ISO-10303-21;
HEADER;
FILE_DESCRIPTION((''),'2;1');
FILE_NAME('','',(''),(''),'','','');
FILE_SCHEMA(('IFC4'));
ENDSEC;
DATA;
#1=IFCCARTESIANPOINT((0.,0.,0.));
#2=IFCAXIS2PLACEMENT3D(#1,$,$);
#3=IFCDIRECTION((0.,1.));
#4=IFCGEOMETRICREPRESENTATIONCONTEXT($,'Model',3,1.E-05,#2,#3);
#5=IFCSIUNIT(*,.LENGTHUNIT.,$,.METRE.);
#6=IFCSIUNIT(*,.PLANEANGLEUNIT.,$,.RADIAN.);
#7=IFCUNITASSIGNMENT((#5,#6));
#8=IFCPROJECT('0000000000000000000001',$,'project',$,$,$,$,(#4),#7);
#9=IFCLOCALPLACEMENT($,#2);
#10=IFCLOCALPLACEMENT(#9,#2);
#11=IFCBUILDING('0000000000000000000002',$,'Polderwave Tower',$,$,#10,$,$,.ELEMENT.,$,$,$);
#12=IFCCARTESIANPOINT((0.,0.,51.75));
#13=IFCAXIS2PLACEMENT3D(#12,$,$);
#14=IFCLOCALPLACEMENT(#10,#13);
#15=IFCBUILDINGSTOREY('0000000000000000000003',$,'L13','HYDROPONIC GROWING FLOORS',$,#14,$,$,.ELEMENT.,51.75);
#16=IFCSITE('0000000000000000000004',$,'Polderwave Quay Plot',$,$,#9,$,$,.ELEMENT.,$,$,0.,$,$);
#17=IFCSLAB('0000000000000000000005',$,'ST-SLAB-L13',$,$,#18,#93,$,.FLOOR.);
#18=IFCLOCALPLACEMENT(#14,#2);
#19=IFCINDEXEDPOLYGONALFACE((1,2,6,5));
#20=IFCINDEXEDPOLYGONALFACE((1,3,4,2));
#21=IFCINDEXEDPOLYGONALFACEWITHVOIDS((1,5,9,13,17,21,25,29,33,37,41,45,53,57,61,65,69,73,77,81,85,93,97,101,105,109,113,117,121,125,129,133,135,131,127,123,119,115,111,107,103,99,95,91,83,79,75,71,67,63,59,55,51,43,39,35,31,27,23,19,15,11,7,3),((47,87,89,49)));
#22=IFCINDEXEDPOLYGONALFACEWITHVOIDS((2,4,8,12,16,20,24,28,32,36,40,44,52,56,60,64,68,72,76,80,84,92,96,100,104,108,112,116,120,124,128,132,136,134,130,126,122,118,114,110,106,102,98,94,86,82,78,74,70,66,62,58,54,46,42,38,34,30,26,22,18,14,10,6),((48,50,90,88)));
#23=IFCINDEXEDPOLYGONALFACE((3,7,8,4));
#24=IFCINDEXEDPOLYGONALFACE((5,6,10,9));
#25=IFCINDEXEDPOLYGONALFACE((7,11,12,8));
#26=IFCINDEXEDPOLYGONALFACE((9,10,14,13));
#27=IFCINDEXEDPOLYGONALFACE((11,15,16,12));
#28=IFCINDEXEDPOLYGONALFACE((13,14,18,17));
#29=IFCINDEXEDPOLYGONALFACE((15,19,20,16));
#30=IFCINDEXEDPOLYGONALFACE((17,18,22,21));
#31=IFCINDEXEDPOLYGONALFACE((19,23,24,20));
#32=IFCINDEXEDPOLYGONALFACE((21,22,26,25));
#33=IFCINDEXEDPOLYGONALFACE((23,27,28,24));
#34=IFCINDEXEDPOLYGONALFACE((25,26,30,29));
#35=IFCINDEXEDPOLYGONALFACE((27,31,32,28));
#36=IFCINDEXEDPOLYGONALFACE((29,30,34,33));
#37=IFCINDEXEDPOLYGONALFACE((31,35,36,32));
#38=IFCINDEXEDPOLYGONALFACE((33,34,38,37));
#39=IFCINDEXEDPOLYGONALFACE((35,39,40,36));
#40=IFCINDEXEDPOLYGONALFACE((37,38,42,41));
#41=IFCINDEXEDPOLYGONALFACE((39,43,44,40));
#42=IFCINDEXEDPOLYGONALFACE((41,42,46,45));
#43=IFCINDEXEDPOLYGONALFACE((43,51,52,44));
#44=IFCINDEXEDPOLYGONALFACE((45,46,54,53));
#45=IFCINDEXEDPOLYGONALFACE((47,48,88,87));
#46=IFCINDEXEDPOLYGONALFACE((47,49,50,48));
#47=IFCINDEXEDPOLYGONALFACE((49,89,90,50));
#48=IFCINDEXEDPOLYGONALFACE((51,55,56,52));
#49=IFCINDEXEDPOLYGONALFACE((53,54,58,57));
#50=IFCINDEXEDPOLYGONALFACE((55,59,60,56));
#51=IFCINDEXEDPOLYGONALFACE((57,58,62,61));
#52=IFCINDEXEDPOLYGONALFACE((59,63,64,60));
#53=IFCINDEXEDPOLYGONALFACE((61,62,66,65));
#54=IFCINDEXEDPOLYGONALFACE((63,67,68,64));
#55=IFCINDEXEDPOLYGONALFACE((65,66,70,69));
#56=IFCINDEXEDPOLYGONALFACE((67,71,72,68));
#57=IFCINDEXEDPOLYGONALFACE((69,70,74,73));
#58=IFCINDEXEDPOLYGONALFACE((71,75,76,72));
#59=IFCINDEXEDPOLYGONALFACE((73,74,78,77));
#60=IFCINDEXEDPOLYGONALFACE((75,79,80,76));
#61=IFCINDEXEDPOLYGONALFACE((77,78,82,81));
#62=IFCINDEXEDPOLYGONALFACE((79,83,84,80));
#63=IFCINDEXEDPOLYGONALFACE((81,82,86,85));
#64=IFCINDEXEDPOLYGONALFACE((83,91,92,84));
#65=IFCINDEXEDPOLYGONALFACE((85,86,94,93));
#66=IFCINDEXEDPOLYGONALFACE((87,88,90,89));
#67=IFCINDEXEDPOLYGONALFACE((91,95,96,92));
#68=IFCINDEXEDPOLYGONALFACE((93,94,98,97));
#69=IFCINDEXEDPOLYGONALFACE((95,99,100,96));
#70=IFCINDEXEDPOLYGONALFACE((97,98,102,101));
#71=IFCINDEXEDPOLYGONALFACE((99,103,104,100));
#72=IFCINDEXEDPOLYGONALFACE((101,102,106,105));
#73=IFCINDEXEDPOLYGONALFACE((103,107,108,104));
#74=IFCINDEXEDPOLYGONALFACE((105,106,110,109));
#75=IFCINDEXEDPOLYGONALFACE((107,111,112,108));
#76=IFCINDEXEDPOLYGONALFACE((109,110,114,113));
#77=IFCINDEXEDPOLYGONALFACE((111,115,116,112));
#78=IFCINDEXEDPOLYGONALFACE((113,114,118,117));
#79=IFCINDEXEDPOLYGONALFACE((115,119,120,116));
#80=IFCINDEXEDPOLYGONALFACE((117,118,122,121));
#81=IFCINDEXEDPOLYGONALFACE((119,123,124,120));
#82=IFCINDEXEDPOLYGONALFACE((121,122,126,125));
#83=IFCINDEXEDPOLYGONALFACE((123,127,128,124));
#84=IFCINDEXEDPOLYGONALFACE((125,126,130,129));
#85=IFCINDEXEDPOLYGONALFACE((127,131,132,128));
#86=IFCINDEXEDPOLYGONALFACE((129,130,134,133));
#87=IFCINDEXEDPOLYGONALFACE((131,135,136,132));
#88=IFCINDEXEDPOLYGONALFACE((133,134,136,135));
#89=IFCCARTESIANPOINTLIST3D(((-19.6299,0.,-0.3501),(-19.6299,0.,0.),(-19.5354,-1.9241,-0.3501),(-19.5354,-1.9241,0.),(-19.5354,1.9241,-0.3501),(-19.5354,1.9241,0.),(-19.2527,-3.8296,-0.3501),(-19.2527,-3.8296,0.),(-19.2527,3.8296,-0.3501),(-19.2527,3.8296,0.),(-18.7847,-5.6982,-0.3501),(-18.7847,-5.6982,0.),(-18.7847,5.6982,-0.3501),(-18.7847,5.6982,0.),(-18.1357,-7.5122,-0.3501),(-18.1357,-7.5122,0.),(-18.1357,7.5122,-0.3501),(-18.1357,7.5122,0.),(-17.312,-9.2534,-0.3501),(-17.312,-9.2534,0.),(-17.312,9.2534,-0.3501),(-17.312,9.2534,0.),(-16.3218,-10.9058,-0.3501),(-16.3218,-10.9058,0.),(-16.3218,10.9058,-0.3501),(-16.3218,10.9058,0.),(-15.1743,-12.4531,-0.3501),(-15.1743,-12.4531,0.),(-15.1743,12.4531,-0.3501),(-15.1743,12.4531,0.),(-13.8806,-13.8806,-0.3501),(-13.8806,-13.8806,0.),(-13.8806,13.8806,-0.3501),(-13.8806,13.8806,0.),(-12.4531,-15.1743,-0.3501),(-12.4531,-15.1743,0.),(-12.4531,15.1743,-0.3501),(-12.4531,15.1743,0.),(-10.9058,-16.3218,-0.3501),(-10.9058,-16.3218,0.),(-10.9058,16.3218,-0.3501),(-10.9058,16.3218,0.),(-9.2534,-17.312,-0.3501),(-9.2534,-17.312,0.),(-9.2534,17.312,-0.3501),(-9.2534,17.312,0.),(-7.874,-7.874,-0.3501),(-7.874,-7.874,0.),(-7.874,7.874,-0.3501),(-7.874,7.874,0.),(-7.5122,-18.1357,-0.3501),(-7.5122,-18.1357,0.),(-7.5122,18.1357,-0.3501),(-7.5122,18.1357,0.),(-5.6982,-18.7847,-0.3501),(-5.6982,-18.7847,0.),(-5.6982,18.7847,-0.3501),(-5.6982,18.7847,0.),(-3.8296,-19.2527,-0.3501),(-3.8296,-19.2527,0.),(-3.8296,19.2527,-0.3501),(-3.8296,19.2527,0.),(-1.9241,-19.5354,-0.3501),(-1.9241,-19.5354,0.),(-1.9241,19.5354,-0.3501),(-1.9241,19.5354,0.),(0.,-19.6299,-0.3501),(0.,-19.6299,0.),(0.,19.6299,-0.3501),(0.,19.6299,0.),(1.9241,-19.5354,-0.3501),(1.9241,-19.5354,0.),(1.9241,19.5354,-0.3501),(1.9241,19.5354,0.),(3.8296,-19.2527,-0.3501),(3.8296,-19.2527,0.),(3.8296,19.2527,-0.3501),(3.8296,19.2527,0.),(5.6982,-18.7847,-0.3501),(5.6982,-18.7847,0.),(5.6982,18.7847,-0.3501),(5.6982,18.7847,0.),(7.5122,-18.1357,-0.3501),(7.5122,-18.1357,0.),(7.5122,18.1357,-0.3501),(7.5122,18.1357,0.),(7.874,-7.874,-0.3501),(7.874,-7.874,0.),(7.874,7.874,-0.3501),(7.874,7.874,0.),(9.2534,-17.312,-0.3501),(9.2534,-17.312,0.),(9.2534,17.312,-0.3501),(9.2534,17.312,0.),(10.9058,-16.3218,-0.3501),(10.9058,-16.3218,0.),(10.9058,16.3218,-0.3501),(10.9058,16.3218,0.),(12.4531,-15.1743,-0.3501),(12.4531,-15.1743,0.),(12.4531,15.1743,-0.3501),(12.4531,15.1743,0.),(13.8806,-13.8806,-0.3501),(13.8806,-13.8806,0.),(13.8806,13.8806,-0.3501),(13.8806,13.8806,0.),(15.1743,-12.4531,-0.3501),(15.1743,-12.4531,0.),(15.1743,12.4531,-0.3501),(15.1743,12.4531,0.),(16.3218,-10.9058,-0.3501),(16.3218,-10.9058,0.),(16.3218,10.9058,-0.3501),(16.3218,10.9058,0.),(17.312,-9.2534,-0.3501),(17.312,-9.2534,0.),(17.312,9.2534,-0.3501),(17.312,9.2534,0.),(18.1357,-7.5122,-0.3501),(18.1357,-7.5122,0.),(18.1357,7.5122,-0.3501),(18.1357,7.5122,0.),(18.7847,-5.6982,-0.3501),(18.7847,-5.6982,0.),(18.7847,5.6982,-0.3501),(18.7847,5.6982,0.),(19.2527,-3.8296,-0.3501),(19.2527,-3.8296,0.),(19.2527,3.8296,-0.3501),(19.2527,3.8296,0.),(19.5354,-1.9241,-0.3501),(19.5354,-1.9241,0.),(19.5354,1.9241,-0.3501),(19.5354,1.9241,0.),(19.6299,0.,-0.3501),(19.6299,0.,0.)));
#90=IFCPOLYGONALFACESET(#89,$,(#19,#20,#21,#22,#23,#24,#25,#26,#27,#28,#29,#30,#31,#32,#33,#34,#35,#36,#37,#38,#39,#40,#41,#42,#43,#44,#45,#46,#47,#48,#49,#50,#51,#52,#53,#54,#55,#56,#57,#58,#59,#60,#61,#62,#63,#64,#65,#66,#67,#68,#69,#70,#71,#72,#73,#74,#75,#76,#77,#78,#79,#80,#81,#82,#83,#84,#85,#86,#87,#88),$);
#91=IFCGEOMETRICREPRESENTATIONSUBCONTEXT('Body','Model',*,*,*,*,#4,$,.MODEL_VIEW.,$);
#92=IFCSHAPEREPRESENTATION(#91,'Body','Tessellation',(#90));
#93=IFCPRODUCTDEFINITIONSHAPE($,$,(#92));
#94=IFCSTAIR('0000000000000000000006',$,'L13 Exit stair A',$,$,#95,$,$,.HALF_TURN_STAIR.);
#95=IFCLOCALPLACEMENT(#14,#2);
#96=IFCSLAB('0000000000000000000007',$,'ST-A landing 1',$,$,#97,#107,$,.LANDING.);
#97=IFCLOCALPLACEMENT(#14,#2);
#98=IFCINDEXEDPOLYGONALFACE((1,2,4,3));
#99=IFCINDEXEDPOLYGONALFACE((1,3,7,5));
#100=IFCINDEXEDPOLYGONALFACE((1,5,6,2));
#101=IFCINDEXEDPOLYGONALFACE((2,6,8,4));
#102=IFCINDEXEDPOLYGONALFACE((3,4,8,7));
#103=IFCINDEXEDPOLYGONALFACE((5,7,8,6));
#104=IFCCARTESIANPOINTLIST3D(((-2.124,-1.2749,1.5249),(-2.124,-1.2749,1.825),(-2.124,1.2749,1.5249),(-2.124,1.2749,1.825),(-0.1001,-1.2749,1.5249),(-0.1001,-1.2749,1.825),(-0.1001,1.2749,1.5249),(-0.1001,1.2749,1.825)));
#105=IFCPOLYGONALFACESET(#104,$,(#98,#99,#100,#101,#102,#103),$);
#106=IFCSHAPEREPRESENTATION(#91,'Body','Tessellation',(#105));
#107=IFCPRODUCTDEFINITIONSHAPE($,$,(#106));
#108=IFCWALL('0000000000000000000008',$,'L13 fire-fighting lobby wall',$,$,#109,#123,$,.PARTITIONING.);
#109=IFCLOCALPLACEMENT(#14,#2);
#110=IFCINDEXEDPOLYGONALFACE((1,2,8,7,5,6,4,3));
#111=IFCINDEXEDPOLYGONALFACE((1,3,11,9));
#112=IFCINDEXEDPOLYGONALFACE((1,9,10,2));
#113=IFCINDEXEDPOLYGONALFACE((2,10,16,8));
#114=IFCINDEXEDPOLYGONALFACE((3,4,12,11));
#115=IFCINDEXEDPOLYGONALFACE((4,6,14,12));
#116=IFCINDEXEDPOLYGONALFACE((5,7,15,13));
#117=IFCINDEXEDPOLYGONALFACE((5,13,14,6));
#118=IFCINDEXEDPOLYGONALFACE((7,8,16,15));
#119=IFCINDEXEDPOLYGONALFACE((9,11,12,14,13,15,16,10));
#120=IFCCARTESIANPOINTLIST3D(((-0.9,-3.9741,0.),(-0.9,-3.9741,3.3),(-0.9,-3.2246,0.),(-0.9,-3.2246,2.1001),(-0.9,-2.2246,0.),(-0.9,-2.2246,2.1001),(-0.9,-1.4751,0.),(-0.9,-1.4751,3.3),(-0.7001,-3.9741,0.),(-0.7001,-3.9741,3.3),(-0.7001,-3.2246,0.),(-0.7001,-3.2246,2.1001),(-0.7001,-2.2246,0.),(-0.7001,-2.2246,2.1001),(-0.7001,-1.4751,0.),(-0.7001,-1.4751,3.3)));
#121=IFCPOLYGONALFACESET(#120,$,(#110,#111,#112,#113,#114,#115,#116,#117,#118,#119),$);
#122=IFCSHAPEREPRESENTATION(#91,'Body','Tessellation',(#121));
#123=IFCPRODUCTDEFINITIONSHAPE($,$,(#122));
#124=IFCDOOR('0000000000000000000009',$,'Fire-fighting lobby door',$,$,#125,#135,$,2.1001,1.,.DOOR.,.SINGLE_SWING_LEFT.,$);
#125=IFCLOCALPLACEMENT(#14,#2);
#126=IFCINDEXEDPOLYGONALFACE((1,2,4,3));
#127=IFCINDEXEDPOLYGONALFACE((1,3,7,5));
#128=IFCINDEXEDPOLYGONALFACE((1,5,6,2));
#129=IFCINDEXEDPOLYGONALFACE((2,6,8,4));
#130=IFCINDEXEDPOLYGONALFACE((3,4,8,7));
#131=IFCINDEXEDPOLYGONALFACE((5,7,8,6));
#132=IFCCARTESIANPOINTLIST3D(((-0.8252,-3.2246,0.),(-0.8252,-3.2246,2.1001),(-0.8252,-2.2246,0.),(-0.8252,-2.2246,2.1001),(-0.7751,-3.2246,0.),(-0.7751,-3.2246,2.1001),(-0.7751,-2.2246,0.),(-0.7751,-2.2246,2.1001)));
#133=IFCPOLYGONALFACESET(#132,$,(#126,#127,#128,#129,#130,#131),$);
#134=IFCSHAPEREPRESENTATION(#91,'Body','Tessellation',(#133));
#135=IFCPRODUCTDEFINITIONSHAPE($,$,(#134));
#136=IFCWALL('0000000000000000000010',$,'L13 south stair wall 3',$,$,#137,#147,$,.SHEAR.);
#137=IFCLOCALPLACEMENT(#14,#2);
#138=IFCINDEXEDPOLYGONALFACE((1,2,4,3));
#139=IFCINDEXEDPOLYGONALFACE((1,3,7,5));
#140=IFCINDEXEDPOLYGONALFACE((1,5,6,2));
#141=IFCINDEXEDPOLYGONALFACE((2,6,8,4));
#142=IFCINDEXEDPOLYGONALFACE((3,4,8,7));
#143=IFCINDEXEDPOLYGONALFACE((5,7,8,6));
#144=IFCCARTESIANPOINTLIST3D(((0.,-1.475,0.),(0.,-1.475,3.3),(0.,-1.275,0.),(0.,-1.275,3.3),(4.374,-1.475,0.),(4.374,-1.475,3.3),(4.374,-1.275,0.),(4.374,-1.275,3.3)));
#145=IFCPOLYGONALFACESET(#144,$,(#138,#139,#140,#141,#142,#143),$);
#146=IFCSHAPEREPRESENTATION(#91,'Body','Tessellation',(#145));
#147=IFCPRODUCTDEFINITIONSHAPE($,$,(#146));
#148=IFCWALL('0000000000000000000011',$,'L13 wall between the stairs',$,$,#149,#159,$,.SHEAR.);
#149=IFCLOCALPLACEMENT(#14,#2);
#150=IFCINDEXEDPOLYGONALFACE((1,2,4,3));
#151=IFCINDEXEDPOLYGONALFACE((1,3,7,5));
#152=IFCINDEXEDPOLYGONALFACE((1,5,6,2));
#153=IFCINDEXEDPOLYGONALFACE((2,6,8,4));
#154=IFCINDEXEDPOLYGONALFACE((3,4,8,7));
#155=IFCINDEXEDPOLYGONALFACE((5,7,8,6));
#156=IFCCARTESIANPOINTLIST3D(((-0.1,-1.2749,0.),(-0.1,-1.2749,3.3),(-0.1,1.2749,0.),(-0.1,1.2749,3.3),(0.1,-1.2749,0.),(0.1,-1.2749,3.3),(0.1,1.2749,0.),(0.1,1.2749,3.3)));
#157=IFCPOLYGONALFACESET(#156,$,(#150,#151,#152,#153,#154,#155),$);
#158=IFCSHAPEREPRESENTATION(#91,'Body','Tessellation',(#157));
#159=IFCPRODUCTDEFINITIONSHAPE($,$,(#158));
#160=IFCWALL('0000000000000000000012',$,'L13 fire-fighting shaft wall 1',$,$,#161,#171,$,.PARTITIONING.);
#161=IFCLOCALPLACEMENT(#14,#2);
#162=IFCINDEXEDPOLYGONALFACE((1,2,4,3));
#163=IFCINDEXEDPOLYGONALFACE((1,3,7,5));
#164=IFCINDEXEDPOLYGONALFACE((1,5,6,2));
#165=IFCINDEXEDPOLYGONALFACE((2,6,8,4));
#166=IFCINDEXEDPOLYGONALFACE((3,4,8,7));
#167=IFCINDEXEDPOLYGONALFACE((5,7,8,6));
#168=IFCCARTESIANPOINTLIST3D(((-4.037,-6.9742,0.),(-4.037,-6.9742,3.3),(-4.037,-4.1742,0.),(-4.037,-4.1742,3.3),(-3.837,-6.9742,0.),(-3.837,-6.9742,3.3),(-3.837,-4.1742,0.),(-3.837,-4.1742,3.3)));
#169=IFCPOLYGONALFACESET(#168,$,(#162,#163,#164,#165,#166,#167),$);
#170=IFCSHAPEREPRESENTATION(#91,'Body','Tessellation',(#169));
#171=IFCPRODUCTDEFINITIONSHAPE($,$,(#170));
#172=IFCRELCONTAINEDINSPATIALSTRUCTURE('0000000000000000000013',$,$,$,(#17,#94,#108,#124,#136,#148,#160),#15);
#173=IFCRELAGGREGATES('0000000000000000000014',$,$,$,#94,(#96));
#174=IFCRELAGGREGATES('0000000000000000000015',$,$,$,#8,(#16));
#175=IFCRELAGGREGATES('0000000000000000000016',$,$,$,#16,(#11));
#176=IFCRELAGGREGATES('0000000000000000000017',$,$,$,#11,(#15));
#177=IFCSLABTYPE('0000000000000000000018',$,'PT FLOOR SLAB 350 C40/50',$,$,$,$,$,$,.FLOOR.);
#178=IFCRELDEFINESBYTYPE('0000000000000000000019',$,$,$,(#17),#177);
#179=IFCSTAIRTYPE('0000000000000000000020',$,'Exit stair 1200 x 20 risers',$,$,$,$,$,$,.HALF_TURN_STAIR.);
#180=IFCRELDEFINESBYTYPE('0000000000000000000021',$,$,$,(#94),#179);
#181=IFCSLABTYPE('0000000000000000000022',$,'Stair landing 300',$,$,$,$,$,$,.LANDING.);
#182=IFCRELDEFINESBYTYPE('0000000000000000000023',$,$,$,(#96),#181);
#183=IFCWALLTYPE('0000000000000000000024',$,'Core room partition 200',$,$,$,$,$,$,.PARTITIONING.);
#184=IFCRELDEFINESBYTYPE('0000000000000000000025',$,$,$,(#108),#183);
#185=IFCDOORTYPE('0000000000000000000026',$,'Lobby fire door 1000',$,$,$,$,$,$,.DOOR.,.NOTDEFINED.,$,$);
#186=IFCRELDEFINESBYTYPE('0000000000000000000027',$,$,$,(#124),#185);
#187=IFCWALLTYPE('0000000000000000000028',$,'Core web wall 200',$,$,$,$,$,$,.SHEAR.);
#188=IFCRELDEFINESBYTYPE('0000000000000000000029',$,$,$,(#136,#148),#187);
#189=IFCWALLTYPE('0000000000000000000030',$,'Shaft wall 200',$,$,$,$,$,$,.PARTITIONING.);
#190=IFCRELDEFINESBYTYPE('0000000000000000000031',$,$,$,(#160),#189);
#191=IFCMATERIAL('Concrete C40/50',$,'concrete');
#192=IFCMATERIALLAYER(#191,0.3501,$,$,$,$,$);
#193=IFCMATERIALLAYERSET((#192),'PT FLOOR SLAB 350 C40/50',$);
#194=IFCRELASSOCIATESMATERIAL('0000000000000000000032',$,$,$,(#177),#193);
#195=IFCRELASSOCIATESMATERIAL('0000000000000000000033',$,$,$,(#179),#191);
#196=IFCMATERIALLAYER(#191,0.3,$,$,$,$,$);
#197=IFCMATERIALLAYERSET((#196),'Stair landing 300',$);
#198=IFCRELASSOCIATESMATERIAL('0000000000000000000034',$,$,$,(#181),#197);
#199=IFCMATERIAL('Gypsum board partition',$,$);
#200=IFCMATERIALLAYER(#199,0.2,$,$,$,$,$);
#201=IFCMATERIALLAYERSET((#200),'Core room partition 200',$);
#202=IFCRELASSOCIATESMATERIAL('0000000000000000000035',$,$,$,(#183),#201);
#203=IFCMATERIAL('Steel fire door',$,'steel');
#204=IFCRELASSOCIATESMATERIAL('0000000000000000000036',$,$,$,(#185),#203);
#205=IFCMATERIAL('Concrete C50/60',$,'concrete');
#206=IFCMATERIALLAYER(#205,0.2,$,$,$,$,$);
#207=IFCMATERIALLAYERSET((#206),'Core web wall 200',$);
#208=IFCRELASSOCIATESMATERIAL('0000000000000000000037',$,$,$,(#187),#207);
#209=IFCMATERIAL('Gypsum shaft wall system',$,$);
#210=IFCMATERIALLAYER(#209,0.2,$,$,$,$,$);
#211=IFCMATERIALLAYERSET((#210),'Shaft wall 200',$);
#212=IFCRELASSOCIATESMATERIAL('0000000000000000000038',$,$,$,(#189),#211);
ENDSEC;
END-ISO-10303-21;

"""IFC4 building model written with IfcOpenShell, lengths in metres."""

from ifc_helpers import new_model, si_unit, direction, frame, frame_2d, origin, place, context, subcontext, project, spatial, polyline, rectangle, outline, extrude, material, layer, layer_set, type_object, element, fill, aggregate, save


model = new_model("IFC4")

# Units and contexts
model_context = context("Model", 3, precision=1e-05, world=origin(), true_north=direction((0.0, 1.0)))
body_context = subcontext(model_context, "Body", "Model", "MODEL_VIEW")
ifc_project = project(units=[si_unit("LENGTHUNIT", "METRE"), si_unit("PLANEANGLEUNIT", "RADIAN")], contexts=[model_context])

# Site, building, storey
site_placement = place(None, origin())
site = spatial("IfcSite", under=ifc_project, at=site_placement, Name="Polderwave Quay Plot", CompositionType="ELEMENT", RefElevation=0.0)
building_placement = place(site_placement, origin())
building = spatial("IfcBuilding", under=site, at=building_placement, Name="Polderwave Tower", CompositionType="ELEMENT")
storey_placement = place(building_placement, frame((0.0, 0.0, 51.75)))
storey = spatial("IfcBuildingStorey", under=building, at=storey_placement, Name="L13", Description="HYDROPONIC GROWING FLOORS", CompositionType="ELEMENT", Elevation=51.75)

# Slab
ifc_material_1 = material(Name="Concrete C40/50", Category="concrete")
ifc_layer_1 = layer(ifc_material_1, 0.3501)
ifc_layer_set_1 = layer_set([ifc_layer_1], Name="PT FLOOR SLAB 350 C40/50")
slab_type_1 = type_object("IfcSlabType", Name="PT FLOOR SLAB 350 C40/50", PredefinedType="FLOOR", material=ifc_layer_set_1)
slab_1_placement = place(storey_placement, frame((0.0, 0.0, -0.3501)))
element("IfcSlab", 1, at=slab_1_placement, inside=storey, type_object=slab_type_1, Name="ST-SLAB-L13", PredefinedType="FLOOR", context=body_context, shape_type="SweptSolid", body=[
    extrude(outline(polyline([(19.6299, 0.0), (19.5354, 1.9241), (19.2527, 3.8296), (18.7847, 5.6982), (18.1357, 7.5122), (17.312, 9.2534), (16.3218, 10.9058), (15.1743, 12.4531), (13.8806, 13.8806), (12.4531, 15.1743), (10.9058, 16.3218), (9.2534, 17.312), (7.5122, 18.1357), (5.6982, 18.7847), (3.8296, 19.2527), (1.9241, 19.5354), (0.0, 19.6299), (-1.9241, 19.5354), (-3.8296, 19.2527), (-5.6982, 18.7847), (-7.5122, 18.1357), (-9.2534, 17.312), (-10.9058, 16.3218), (-12.4531, 15.1743), (-13.8806, 13.8806), (-15.1743, 12.4531), (-16.3218, 10.9058), (-17.312, 9.2534), (-18.1357, 7.5122), (-18.7847, 5.6982), (-19.2527, 3.8296), (-19.5354, 1.9241), (-19.6299, 0.0), (-19.5354, -1.9241), (-19.2527, -3.8296), (-18.7847, -5.6982), (-18.1357, -7.5122), (-17.312, -9.2534), (-16.3218, -10.9058), (-15.1743, -12.4531), (-13.8806, -13.8806), (-12.4531, -15.1743), (-10.9058, -16.3218), (-9.2534, -17.312), (-7.5122, -18.1357), (-5.6982, -18.7847), (-3.8296, -19.2527), (-1.9241, -19.5354), (0.0, -19.6299), (1.9241, -19.5354), (3.8296, -19.2527), (5.6982, -18.7847), (7.5122, -18.1357), (9.2534, -17.312), (10.9058, -16.3218), (12.4531, -15.1743), (13.8806, -13.8806), (15.1743, -12.4531), (16.3218, -10.9058), (17.312, -9.2534), (18.1357, -7.5122), (18.7847, -5.6982), (19.2527, -3.8296), (19.5354, -1.9241), (19.6299, 0.0)]), holes=[polyline([(-7.874, -7.874), (7.874, -7.874), (7.874, 7.874), (-7.874, 7.874), (-7.874, -7.874)])]), origin(), (0.0, 0.0, 1.0), 0.3501),
])

# Stair, slab
stair_type = type_object("IfcStairType", Name="Exit stair 1200 x 20 risers", PredefinedType="HALF_TURN_STAIR", material=ifc_material_1)
stair_placement = place(storey_placement, origin())
stair = element("IfcStair", 2, at=stair_placement, inside=storey, type_object=stair_type, Name="L13 Exit stair A", PredefinedType="HALF_TURN_STAIR")
ifc_layer_2 = layer(ifc_material_1, 0.3)
ifc_layer_set_2 = layer_set([ifc_layer_2], Name="Stair landing 300")
slab_type_2 = type_object("IfcSlabType", Name="Stair landing 300", PredefinedType="LANDING", material=ifc_layer_set_2)
slab_2_placement = place(storey_placement, frame((0.0, 0.0, 1.5249)))
slab_2 = element("IfcSlab", 3, at=slab_2_placement, type_object=slab_type_2, Name="ST-A landing 1", PredefinedType="LANDING", context=body_context, shape_type="SweptSolid", body=[
    extrude(outline(polyline([(-2.124, -1.2749), (-0.1001, -1.2749), (-0.1001, 1.2749), (-2.124, 1.2749), (-2.124, -1.2749)])), origin(), (0.0, 0.0, 1.0), 0.3),
])

# Wall, opening, door
ifc_material_2 = material(Name="Gypsum board partition")
ifc_layer_3 = layer(ifc_material_2, 0.2)
ifc_layer_set_3 = layer_set([ifc_layer_3], Name="Core room partition 200")
wall_type_1 = type_object("IfcWallType", Name="Core room partition 200", PredefinedType="PARTITIONING", material=ifc_layer_set_3)
wall_1_placement = place(storey_placement, frame((-0.8, -3.9741, 0.0), z_axis=(0.0, 0.0, 1.0), x_axis=(0.0, 1.0, 0.0)))
wall_1 = element("IfcWall", 4, at=wall_1_placement, inside=storey, type_object=wall_type_1, Name="L13 fire-fighting lobby wall", PredefinedType="PARTITIONING", context=body_context, shape_type="SweptSolid", body=[
    extrude(rectangle(XDim=2.499, YDim=0.2, at=frame_2d((1.2495, 0.0))), origin(), (0.0, 0.0, 1.0), 3.3),
])
opening_placement = place(wall_1_placement, frame((0.7495, 0.0, 0.0)))
opening = element("IfcOpeningElement", 5, at=opening_placement, cuts=wall_1, PredefinedType="OPENING", context=body_context, shape_type="SweptSolid", body=[
    extrude(rectangle(XDim=1.0, YDim=2.1001, at=frame_2d((0.5, 1.05))), frame((0.0, 0.1099, 0.0), z_axis=(0.0, -1.0, 0.0), x_axis=(1.0, 0.0, 0.0)), (0.0, 0.0, 1.0), 0.22),
])
ifc_material_3 = material(Name="Steel fire door", Category="steel")
door_type = type_object("IfcDoorType", Name="Lobby fire door 1000", OperationType="NOTDEFINED", PredefinedType="DOOR", material=ifc_material_3)
door_placement = place(opening_placement, frame((1.0, 0.0, 0.0), z_axis=(0.0, 0.0, 1.0), x_axis=(-1.0, 0.0, 0.0)))
door = element("IfcDoor", 6, at=door_placement, inside=storey, type_object=door_type, Name="Fire-fighting lobby door", OperationType="SINGLE_SWING_LEFT", OverallHeight=2.1001, OverallWidth=1.0, PredefinedType="DOOR", context=body_context, shape_type="SweptSolid", body=[
    extrude(rectangle(XDim=1.0, YDim=2.1001, at=frame_2d((0.5, 1.05))), frame((0.0, 0.0249, 0.0), z_axis=(0.0, -1.0, 0.0), x_axis=(1.0, 0.0, 0.0)), (0.0, 0.0, 1.0), 0.05),
])
fill(opening, door)

# Walls
ifc_material_4 = material(Name="Concrete C50/60", Category="concrete")
ifc_layer_4 = layer(ifc_material_4, 0.2)
ifc_layer_set_4 = layer_set([ifc_layer_4], Name="Core web wall 200")
wall_type_2 = type_object("IfcWallType", Name="Core web wall 200", PredefinedType="SHEAR", material=ifc_layer_set_4)
wall_2_placement = place(storey_placement, frame((0.0, -1.375, 0.0), z_axis=(0.0, 0.0, 1.0), x_axis=(1.0, 0.0, 0.0)))
element("IfcWall", 7, at=wall_2_placement, inside=storey, type_object=wall_type_2, Name="L13 south stair wall 3", PredefinedType="SHEAR", context=body_context, shape_type="SweptSolid", body=[
    extrude(rectangle(XDim=4.374, YDim=0.2, at=frame_2d((2.187, 0.0))), origin(), (0.0, 0.0, 1.0), 3.3),
])
wall_3_placement = place(storey_placement, frame((0.0, -1.2749, 0.0), z_axis=(0.0, 0.0, 1.0), x_axis=(0.0, 1.0, 0.0)))
element("IfcWall", 8, at=wall_3_placement, inside=storey, type_object=wall_type_2, Name="L13 wall between the stairs", PredefinedType="SHEAR", context=body_context, shape_type="SweptSolid", body=[
    extrude(rectangle(XDim=2.5498, YDim=0.2, at=frame_2d((1.2749, 0.0))), origin(), (0.0, 0.0, 1.0), 3.3),
])
ifc_material_5 = material(Name="Gypsum shaft wall system")
ifc_layer_5 = layer(ifc_material_5, 0.2)
ifc_layer_set_5 = layer_set([ifc_layer_5], Name="Shaft wall 200")
wall_type_3 = type_object("IfcWallType", Name="Shaft wall 200", PredefinedType="PARTITIONING", material=ifc_layer_set_5)
for number, where, z_axis, x_axis, name in (
    (9, (-3.937, -6.9741, 0.0), (0.0, 0.0, 1.0), (0.0, 1.0, 0.0), "L13 fire-fighting shaft wall 1"),
):
    element("IfcWall", number, at=place(storey_placement, frame(where, z_axis=z_axis, x_axis=x_axis)), inside=storey, type_object=wall_type_3, Name=name, PredefinedType="PARTITIONING", context=body_context, shape_type="SweptSolid", body=[
        extrude(rectangle(XDim=2.8, YDim=0.2, at=frame_2d((1.3999, 0.0))), origin(), (0.0, 0.0, 1.0), 3.3),
    ])

aggregate(stair, [slab_2])

save(model, "model.ifc")
